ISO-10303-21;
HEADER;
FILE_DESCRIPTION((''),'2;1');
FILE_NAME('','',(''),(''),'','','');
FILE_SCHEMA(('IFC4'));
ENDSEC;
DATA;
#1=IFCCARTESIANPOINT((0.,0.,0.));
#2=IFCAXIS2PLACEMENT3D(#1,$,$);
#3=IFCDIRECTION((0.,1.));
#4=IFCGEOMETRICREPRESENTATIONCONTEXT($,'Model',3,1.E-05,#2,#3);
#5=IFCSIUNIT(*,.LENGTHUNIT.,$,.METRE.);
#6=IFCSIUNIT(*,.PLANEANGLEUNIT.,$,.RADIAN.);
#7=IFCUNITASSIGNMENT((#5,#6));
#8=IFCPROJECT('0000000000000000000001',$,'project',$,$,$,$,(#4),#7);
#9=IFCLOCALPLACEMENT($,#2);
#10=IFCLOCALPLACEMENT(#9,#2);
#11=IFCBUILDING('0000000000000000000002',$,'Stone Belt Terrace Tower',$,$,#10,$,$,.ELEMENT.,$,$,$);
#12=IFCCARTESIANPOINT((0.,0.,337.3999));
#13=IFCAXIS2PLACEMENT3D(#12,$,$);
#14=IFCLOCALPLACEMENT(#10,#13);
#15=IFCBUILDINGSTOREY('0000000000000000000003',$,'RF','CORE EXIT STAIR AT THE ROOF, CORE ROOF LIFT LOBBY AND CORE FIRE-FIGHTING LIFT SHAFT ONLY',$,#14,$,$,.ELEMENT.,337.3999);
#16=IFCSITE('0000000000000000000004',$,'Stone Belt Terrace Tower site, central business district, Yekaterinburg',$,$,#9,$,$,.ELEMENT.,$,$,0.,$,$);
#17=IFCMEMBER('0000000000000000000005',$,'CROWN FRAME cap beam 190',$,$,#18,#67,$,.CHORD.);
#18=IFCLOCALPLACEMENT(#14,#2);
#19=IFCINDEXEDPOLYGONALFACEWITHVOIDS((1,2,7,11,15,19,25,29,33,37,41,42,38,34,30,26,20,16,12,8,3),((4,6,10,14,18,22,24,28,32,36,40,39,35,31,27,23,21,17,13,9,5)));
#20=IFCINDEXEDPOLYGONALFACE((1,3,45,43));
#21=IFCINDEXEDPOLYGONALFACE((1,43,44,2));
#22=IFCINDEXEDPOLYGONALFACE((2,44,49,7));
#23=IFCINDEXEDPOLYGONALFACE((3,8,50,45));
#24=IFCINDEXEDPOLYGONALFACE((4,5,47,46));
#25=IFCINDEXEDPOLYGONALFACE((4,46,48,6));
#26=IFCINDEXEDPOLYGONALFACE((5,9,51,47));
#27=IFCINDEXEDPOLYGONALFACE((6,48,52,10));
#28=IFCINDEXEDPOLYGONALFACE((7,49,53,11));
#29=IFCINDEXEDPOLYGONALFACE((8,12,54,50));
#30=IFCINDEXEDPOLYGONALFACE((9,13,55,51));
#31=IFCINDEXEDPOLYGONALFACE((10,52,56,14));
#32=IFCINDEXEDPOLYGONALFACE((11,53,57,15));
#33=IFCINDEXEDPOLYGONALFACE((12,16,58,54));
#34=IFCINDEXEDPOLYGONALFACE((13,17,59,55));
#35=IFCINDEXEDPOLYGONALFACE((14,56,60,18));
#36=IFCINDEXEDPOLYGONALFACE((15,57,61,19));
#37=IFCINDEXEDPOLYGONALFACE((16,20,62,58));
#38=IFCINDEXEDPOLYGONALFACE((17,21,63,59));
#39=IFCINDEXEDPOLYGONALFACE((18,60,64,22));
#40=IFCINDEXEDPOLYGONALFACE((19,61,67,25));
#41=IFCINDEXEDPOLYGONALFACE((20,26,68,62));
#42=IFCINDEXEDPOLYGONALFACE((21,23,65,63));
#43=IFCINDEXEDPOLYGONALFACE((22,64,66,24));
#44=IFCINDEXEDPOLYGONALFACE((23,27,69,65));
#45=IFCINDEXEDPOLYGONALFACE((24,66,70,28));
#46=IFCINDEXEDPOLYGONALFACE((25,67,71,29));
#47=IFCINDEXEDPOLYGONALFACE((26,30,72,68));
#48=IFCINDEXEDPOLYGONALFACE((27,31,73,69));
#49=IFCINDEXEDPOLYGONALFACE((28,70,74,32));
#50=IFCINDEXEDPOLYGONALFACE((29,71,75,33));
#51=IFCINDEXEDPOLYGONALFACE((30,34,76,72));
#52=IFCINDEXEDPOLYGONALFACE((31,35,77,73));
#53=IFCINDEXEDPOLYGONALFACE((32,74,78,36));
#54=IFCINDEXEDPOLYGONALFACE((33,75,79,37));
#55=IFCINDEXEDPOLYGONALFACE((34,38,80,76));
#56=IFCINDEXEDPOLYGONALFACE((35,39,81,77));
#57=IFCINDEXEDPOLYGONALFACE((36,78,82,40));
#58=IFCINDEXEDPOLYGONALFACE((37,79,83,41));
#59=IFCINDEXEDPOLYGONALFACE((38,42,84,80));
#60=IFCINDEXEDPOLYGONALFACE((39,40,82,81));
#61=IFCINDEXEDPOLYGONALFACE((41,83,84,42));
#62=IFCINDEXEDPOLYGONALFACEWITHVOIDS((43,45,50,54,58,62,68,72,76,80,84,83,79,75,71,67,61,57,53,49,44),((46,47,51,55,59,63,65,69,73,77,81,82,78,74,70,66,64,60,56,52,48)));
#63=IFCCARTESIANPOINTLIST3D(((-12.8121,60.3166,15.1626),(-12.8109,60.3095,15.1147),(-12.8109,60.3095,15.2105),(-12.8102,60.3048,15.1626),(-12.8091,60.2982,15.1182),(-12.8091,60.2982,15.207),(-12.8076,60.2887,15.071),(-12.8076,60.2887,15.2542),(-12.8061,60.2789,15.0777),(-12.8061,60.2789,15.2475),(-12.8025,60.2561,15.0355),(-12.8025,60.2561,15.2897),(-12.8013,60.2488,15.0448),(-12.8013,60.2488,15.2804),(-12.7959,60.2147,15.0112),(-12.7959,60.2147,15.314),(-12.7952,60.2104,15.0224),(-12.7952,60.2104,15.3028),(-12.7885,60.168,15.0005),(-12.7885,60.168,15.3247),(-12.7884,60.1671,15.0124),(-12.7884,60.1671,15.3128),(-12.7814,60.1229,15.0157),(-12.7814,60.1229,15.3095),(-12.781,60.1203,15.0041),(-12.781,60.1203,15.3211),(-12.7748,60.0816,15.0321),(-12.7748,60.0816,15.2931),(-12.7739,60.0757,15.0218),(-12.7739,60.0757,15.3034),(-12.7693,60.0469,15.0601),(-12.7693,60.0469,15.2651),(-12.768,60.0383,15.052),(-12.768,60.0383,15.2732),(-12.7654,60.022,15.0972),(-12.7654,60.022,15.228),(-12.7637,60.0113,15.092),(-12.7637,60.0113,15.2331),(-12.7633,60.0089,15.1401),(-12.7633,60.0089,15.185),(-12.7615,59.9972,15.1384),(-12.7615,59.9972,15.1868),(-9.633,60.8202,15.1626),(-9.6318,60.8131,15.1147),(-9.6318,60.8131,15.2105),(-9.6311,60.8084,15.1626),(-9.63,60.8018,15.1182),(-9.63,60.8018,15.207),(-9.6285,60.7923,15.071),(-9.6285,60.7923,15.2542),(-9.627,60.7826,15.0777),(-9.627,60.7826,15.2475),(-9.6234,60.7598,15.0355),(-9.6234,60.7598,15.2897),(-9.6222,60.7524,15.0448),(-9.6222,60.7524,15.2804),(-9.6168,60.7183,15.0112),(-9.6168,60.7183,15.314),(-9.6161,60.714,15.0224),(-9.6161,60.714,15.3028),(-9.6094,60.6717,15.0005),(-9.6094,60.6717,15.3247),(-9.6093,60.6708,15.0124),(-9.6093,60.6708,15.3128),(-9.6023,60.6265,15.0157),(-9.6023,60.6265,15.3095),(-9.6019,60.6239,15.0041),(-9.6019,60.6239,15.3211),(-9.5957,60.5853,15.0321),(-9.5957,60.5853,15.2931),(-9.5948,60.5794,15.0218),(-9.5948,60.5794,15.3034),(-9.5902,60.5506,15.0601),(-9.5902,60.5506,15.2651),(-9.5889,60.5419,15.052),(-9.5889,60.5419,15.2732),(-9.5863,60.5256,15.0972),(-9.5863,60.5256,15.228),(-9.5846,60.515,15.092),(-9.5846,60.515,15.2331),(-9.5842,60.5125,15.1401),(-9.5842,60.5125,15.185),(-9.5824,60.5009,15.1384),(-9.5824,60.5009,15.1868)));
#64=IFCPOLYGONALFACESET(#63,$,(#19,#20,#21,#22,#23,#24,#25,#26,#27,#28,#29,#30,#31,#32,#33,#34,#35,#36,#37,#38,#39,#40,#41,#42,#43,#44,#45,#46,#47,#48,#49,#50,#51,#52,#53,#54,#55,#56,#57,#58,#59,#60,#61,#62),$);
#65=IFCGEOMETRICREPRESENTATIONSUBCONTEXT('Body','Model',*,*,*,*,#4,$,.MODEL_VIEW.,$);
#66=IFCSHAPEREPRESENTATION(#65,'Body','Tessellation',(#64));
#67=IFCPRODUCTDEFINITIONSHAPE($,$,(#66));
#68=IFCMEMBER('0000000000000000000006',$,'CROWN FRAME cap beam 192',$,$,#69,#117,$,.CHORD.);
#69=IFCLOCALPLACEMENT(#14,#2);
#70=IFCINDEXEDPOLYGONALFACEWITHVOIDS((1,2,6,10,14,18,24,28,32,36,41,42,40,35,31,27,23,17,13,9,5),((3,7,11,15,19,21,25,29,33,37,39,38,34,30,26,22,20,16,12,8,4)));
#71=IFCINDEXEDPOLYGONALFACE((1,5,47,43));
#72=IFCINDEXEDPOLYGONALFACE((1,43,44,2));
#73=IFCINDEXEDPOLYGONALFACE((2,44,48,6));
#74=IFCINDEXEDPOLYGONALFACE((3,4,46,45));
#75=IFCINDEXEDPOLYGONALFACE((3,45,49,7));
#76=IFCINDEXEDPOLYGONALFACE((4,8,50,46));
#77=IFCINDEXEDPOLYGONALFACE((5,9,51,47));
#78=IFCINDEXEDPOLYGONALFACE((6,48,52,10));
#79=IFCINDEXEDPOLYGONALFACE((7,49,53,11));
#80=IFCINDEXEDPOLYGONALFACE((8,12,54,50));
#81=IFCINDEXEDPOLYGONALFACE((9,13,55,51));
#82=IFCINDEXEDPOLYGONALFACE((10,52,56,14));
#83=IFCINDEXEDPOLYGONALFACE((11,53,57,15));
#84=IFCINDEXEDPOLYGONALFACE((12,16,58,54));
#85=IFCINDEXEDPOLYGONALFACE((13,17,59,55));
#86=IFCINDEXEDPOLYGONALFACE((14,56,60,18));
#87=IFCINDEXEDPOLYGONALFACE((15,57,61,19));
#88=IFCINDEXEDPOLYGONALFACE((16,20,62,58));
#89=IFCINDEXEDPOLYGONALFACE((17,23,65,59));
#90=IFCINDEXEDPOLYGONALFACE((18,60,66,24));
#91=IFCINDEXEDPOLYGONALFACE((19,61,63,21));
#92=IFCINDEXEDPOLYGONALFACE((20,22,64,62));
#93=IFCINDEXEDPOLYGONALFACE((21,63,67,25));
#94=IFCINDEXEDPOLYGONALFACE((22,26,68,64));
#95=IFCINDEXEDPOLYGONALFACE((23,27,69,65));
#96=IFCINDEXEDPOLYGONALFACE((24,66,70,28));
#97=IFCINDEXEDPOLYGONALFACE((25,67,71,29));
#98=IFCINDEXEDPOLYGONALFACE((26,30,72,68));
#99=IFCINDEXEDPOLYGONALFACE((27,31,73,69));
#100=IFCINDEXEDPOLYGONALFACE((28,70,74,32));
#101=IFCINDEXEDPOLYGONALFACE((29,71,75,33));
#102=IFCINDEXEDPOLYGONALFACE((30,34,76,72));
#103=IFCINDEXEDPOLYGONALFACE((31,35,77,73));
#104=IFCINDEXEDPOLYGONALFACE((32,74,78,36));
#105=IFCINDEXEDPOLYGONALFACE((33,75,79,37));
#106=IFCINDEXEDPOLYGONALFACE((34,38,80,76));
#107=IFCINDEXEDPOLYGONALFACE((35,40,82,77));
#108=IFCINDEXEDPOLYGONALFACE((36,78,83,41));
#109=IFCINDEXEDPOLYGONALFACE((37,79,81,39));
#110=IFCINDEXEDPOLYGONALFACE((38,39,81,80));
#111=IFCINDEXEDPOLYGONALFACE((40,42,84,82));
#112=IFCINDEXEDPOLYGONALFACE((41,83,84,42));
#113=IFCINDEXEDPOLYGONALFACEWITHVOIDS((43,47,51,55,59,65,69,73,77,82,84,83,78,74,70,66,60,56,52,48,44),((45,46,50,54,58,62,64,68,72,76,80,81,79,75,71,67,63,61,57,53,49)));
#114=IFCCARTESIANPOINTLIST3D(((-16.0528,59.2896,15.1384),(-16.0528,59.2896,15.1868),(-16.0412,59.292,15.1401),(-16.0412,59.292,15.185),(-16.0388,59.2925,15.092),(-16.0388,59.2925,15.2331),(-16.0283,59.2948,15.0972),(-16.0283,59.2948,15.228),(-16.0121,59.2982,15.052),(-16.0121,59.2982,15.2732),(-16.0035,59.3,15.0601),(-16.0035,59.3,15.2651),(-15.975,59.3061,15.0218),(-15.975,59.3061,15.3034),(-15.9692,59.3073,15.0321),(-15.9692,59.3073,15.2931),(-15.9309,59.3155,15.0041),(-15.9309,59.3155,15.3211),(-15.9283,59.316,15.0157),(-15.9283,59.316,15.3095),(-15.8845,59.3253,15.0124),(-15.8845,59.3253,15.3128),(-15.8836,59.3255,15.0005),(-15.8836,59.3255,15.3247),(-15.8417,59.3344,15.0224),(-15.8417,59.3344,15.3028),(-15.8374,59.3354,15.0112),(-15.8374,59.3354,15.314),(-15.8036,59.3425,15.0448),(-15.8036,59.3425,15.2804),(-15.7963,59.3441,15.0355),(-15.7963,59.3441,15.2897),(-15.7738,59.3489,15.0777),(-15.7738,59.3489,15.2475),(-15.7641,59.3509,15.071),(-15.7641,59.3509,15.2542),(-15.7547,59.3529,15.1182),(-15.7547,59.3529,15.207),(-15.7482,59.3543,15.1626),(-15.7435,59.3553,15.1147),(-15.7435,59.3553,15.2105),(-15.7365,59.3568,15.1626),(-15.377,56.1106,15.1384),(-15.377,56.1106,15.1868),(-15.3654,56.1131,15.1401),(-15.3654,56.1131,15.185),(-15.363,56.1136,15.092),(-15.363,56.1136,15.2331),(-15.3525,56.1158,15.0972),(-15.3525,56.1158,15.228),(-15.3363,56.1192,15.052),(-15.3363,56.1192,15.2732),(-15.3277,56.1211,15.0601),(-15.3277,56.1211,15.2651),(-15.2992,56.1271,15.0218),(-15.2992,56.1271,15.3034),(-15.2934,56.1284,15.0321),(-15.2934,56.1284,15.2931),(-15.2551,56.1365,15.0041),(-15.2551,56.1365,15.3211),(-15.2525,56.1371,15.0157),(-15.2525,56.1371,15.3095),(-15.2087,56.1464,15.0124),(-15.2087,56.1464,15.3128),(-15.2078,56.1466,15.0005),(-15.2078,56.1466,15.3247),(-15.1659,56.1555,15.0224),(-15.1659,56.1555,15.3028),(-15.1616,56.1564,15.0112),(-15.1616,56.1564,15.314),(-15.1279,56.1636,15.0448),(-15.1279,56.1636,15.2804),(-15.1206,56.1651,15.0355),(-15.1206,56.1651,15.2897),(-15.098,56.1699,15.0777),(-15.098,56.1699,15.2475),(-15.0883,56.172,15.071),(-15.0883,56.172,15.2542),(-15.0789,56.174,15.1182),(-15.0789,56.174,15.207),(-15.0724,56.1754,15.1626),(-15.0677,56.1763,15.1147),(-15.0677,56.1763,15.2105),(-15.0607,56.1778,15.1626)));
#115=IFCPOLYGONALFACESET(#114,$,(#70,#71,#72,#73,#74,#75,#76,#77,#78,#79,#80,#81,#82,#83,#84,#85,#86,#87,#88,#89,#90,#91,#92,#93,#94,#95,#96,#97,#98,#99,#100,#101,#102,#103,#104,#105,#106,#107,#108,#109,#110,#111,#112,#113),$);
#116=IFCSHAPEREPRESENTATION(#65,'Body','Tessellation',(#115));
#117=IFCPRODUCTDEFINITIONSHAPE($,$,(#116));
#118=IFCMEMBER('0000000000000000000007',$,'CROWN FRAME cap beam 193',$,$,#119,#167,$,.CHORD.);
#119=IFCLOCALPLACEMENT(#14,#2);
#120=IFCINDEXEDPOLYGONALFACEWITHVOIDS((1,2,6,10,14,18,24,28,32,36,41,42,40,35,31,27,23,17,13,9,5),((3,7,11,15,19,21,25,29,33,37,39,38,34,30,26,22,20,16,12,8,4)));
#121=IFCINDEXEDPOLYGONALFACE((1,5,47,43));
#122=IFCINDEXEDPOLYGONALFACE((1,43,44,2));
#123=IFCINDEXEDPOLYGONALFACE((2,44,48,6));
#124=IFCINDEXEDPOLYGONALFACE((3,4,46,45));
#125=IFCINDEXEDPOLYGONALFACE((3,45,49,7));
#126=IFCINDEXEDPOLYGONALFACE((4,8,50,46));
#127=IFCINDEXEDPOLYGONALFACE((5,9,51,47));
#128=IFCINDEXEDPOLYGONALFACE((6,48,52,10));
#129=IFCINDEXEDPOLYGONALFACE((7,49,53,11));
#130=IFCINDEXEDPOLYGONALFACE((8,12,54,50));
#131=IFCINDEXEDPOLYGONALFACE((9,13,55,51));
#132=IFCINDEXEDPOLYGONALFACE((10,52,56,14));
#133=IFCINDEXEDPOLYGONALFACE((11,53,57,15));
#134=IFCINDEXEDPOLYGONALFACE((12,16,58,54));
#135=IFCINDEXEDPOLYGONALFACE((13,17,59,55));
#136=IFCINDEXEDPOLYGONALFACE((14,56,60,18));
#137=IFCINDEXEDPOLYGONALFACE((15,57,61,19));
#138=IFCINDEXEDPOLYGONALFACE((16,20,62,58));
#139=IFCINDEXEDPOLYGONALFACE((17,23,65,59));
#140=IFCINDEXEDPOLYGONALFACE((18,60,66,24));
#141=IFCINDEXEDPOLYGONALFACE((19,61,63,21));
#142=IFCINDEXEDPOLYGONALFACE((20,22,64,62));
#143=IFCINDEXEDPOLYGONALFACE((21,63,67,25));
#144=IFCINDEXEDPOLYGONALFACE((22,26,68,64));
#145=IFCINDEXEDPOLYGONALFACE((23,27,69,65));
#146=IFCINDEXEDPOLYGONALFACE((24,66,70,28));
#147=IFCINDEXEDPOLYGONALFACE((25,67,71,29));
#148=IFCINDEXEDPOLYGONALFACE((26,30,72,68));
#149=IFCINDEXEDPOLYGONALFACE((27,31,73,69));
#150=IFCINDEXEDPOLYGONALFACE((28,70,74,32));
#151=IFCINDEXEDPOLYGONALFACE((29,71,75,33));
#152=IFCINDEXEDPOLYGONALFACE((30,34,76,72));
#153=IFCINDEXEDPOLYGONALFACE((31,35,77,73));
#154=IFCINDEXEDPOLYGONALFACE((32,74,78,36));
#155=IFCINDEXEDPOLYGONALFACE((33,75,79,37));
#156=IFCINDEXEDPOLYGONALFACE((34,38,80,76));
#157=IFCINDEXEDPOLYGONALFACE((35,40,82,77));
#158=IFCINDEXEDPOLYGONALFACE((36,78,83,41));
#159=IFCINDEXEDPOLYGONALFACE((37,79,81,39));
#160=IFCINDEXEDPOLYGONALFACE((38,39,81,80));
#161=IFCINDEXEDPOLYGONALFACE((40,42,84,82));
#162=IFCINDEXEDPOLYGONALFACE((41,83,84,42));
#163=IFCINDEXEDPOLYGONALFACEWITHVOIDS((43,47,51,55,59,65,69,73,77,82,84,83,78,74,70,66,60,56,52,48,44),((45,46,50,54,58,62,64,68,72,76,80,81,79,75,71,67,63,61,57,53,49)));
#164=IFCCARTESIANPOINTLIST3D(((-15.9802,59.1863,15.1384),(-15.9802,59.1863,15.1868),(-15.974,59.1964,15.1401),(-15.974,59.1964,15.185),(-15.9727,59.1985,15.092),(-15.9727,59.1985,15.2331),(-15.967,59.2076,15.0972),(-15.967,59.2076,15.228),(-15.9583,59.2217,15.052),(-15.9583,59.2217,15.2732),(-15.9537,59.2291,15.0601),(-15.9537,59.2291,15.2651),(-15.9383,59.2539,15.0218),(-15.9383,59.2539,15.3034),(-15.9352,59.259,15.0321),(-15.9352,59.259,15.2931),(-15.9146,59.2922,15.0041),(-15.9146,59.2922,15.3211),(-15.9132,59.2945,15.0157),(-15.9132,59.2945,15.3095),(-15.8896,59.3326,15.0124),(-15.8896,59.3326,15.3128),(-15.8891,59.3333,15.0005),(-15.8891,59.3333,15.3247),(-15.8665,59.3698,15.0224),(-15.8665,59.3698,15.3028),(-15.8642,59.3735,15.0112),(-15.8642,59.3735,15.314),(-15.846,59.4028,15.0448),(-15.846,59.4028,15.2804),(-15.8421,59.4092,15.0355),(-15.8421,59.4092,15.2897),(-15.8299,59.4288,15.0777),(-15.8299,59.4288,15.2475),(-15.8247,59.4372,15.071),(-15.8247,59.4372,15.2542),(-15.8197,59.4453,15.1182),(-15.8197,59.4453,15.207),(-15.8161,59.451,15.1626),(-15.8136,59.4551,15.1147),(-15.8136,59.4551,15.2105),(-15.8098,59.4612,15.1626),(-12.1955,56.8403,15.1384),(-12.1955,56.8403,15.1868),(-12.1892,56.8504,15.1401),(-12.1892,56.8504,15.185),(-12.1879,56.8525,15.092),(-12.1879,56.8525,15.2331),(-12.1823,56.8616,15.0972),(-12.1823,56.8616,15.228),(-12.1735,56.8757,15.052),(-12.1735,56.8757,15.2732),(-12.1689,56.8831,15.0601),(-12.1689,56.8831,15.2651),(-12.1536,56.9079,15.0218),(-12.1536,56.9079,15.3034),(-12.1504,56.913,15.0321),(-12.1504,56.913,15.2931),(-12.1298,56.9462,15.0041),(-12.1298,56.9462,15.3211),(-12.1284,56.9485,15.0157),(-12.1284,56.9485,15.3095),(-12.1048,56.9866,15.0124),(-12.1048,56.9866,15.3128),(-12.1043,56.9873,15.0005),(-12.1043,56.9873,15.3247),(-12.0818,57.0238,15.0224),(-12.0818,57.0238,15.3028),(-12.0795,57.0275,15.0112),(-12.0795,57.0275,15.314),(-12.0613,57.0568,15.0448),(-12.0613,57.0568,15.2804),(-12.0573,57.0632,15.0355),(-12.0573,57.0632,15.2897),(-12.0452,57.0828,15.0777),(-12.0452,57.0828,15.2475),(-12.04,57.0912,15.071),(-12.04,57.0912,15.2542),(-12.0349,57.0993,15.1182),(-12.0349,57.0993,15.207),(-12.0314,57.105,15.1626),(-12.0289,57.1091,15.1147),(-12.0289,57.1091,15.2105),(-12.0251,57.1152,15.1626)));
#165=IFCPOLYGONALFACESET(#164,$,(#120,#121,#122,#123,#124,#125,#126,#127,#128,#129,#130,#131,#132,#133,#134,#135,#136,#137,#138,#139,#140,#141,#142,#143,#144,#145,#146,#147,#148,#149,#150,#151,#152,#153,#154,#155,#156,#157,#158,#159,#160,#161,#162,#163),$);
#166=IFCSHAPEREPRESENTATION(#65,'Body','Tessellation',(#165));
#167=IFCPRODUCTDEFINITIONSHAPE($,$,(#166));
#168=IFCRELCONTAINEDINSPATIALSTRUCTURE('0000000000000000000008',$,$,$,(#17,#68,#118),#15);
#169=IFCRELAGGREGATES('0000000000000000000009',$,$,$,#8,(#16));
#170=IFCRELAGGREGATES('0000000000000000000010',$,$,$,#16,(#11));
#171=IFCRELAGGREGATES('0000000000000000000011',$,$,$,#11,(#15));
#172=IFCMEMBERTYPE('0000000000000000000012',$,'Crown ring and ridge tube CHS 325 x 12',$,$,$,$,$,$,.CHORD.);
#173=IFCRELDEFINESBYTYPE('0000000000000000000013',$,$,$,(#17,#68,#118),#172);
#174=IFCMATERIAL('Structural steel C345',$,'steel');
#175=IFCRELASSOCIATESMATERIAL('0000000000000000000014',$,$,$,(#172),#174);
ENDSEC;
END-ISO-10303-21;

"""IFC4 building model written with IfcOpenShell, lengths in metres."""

from ifc_helpers import new_model, si_unit, direction, frame, origin, origin_2d, place, context, subcontext, project, spatial, hollow_circle, extrude, material, material_profile, profile_set, type_object, element, save


model = new_model("IFC4")

# Units and contexts
model_context = context("Model", 3, precision=1e-05, world=origin(), true_north=direction((0.0, 1.0)))
body_context = subcontext(model_context, "Body", "Model", "MODEL_VIEW")
ifc_project = project(units=[si_unit("LENGTHUNIT", "METRE"), si_unit("PLANEANGLEUNIT", "RADIAN")], contexts=[model_context])

# Site, building, storey
site_placement = place(None, origin())
site = spatial("IfcSite", under=ifc_project, at=site_placement, Name="Stone Belt Terrace Tower site, central business district, Yekaterinburg", CompositionType="ELEMENT", RefElevation=0.0)
building_placement = place(site_placement, origin())
building = spatial("IfcBuilding", under=site, at=building_placement, Name="Stone Belt Terrace Tower", CompositionType="ELEMENT")
storey_placement = place(building_placement, frame((0.0, 0.0, 337.3999)))
storey = spatial("IfcBuildingStorey", under=building, at=storey_placement, Name="RF", Description="CORE EXIT STAIR AT THE ROOF, CORE ROOF LIFT LOBBY AND CORE FIRE-FIGHTING LIFT SHAFT ONLY", CompositionType="ELEMENT", Elevation=337.3999)

# Members
ifc_material_1 = material(Name="Structural steel C345", Category="steel")
ifc_material_profile_1 = material_profile(ifc_material_1, hollow_circle(Radius=0.1626, WallThickness=0.012, at=origin_2d()), Name="Structural steel C345 CHS 325x12")
ifc_profile_set_1 = profile_set([ifc_material_profile_1], Name="Structural steel C345")
member_type_1 = type_object("IfcMemberType", Name="Crown ring and ridge tube CHS 325 x 12", PredefinedType="CHORD", material=ifc_profile_set_1)
member_1_placement = place(storey_placement, frame((-12.7866, 60.156, 15.1626), z_axis=(0.987682, 0.156473, 0.0), x_axis=(-0.156473, 0.987682, 0.0)))
element("IfcMember", 1, at=member_1_placement, inside=storey, type_object=member_type_1, Name="CROWN FRAME cap beam 190", PredefinedType="CHORD", context=body_context, shape_type="SweptSolid", body=[
    extrude(hollow_circle(Radius=0.1626, WallThickness=0.012, at=origin_2d()), origin(), (0.0, 0.0, 1.0), 3.2188),
])
member_2_placement = place(storey_placement, frame((-15.8955, 59.323, 15.1626), z_axis=(0.207933, -0.978143, 0.0), x_axis=(0.978143, 0.207933, 0.0)))
element("IfcMember", 2, at=member_2_placement, inside=storey, type_object=member_type_1, Name="CROWN FRAME cap beam 192", PredefinedType="CHORD", context=body_context, shape_type="SweptSolid", body=[
    extrude(hollow_circle(Radius=0.1626, WallThickness=0.012, at=origin_2d()), origin(), (0.0, 0.0, 1.0), 3.25),
])
member_3_placement = place(storey_placement, frame((-15.8955, 59.323, 15.1626), z_axis=(0.849958, -0.526851, 0.0), x_axis=(0.526851, 0.849958, 0.0)))
element("IfcMember", 3, at=member_3_placement, inside=storey, type_object=member_type_1, Name="CROWN FRAME cap beam 193", PredefinedType="CHORD", context=body_context, shape_type="SweptSolid", body=[
    extrude(hollow_circle(Radius=0.1626, WallThickness=0.012, at=origin_2d()), origin(), (0.0, 0.0, 1.0), 4.4529),
])

save(model, "model.ifc")
